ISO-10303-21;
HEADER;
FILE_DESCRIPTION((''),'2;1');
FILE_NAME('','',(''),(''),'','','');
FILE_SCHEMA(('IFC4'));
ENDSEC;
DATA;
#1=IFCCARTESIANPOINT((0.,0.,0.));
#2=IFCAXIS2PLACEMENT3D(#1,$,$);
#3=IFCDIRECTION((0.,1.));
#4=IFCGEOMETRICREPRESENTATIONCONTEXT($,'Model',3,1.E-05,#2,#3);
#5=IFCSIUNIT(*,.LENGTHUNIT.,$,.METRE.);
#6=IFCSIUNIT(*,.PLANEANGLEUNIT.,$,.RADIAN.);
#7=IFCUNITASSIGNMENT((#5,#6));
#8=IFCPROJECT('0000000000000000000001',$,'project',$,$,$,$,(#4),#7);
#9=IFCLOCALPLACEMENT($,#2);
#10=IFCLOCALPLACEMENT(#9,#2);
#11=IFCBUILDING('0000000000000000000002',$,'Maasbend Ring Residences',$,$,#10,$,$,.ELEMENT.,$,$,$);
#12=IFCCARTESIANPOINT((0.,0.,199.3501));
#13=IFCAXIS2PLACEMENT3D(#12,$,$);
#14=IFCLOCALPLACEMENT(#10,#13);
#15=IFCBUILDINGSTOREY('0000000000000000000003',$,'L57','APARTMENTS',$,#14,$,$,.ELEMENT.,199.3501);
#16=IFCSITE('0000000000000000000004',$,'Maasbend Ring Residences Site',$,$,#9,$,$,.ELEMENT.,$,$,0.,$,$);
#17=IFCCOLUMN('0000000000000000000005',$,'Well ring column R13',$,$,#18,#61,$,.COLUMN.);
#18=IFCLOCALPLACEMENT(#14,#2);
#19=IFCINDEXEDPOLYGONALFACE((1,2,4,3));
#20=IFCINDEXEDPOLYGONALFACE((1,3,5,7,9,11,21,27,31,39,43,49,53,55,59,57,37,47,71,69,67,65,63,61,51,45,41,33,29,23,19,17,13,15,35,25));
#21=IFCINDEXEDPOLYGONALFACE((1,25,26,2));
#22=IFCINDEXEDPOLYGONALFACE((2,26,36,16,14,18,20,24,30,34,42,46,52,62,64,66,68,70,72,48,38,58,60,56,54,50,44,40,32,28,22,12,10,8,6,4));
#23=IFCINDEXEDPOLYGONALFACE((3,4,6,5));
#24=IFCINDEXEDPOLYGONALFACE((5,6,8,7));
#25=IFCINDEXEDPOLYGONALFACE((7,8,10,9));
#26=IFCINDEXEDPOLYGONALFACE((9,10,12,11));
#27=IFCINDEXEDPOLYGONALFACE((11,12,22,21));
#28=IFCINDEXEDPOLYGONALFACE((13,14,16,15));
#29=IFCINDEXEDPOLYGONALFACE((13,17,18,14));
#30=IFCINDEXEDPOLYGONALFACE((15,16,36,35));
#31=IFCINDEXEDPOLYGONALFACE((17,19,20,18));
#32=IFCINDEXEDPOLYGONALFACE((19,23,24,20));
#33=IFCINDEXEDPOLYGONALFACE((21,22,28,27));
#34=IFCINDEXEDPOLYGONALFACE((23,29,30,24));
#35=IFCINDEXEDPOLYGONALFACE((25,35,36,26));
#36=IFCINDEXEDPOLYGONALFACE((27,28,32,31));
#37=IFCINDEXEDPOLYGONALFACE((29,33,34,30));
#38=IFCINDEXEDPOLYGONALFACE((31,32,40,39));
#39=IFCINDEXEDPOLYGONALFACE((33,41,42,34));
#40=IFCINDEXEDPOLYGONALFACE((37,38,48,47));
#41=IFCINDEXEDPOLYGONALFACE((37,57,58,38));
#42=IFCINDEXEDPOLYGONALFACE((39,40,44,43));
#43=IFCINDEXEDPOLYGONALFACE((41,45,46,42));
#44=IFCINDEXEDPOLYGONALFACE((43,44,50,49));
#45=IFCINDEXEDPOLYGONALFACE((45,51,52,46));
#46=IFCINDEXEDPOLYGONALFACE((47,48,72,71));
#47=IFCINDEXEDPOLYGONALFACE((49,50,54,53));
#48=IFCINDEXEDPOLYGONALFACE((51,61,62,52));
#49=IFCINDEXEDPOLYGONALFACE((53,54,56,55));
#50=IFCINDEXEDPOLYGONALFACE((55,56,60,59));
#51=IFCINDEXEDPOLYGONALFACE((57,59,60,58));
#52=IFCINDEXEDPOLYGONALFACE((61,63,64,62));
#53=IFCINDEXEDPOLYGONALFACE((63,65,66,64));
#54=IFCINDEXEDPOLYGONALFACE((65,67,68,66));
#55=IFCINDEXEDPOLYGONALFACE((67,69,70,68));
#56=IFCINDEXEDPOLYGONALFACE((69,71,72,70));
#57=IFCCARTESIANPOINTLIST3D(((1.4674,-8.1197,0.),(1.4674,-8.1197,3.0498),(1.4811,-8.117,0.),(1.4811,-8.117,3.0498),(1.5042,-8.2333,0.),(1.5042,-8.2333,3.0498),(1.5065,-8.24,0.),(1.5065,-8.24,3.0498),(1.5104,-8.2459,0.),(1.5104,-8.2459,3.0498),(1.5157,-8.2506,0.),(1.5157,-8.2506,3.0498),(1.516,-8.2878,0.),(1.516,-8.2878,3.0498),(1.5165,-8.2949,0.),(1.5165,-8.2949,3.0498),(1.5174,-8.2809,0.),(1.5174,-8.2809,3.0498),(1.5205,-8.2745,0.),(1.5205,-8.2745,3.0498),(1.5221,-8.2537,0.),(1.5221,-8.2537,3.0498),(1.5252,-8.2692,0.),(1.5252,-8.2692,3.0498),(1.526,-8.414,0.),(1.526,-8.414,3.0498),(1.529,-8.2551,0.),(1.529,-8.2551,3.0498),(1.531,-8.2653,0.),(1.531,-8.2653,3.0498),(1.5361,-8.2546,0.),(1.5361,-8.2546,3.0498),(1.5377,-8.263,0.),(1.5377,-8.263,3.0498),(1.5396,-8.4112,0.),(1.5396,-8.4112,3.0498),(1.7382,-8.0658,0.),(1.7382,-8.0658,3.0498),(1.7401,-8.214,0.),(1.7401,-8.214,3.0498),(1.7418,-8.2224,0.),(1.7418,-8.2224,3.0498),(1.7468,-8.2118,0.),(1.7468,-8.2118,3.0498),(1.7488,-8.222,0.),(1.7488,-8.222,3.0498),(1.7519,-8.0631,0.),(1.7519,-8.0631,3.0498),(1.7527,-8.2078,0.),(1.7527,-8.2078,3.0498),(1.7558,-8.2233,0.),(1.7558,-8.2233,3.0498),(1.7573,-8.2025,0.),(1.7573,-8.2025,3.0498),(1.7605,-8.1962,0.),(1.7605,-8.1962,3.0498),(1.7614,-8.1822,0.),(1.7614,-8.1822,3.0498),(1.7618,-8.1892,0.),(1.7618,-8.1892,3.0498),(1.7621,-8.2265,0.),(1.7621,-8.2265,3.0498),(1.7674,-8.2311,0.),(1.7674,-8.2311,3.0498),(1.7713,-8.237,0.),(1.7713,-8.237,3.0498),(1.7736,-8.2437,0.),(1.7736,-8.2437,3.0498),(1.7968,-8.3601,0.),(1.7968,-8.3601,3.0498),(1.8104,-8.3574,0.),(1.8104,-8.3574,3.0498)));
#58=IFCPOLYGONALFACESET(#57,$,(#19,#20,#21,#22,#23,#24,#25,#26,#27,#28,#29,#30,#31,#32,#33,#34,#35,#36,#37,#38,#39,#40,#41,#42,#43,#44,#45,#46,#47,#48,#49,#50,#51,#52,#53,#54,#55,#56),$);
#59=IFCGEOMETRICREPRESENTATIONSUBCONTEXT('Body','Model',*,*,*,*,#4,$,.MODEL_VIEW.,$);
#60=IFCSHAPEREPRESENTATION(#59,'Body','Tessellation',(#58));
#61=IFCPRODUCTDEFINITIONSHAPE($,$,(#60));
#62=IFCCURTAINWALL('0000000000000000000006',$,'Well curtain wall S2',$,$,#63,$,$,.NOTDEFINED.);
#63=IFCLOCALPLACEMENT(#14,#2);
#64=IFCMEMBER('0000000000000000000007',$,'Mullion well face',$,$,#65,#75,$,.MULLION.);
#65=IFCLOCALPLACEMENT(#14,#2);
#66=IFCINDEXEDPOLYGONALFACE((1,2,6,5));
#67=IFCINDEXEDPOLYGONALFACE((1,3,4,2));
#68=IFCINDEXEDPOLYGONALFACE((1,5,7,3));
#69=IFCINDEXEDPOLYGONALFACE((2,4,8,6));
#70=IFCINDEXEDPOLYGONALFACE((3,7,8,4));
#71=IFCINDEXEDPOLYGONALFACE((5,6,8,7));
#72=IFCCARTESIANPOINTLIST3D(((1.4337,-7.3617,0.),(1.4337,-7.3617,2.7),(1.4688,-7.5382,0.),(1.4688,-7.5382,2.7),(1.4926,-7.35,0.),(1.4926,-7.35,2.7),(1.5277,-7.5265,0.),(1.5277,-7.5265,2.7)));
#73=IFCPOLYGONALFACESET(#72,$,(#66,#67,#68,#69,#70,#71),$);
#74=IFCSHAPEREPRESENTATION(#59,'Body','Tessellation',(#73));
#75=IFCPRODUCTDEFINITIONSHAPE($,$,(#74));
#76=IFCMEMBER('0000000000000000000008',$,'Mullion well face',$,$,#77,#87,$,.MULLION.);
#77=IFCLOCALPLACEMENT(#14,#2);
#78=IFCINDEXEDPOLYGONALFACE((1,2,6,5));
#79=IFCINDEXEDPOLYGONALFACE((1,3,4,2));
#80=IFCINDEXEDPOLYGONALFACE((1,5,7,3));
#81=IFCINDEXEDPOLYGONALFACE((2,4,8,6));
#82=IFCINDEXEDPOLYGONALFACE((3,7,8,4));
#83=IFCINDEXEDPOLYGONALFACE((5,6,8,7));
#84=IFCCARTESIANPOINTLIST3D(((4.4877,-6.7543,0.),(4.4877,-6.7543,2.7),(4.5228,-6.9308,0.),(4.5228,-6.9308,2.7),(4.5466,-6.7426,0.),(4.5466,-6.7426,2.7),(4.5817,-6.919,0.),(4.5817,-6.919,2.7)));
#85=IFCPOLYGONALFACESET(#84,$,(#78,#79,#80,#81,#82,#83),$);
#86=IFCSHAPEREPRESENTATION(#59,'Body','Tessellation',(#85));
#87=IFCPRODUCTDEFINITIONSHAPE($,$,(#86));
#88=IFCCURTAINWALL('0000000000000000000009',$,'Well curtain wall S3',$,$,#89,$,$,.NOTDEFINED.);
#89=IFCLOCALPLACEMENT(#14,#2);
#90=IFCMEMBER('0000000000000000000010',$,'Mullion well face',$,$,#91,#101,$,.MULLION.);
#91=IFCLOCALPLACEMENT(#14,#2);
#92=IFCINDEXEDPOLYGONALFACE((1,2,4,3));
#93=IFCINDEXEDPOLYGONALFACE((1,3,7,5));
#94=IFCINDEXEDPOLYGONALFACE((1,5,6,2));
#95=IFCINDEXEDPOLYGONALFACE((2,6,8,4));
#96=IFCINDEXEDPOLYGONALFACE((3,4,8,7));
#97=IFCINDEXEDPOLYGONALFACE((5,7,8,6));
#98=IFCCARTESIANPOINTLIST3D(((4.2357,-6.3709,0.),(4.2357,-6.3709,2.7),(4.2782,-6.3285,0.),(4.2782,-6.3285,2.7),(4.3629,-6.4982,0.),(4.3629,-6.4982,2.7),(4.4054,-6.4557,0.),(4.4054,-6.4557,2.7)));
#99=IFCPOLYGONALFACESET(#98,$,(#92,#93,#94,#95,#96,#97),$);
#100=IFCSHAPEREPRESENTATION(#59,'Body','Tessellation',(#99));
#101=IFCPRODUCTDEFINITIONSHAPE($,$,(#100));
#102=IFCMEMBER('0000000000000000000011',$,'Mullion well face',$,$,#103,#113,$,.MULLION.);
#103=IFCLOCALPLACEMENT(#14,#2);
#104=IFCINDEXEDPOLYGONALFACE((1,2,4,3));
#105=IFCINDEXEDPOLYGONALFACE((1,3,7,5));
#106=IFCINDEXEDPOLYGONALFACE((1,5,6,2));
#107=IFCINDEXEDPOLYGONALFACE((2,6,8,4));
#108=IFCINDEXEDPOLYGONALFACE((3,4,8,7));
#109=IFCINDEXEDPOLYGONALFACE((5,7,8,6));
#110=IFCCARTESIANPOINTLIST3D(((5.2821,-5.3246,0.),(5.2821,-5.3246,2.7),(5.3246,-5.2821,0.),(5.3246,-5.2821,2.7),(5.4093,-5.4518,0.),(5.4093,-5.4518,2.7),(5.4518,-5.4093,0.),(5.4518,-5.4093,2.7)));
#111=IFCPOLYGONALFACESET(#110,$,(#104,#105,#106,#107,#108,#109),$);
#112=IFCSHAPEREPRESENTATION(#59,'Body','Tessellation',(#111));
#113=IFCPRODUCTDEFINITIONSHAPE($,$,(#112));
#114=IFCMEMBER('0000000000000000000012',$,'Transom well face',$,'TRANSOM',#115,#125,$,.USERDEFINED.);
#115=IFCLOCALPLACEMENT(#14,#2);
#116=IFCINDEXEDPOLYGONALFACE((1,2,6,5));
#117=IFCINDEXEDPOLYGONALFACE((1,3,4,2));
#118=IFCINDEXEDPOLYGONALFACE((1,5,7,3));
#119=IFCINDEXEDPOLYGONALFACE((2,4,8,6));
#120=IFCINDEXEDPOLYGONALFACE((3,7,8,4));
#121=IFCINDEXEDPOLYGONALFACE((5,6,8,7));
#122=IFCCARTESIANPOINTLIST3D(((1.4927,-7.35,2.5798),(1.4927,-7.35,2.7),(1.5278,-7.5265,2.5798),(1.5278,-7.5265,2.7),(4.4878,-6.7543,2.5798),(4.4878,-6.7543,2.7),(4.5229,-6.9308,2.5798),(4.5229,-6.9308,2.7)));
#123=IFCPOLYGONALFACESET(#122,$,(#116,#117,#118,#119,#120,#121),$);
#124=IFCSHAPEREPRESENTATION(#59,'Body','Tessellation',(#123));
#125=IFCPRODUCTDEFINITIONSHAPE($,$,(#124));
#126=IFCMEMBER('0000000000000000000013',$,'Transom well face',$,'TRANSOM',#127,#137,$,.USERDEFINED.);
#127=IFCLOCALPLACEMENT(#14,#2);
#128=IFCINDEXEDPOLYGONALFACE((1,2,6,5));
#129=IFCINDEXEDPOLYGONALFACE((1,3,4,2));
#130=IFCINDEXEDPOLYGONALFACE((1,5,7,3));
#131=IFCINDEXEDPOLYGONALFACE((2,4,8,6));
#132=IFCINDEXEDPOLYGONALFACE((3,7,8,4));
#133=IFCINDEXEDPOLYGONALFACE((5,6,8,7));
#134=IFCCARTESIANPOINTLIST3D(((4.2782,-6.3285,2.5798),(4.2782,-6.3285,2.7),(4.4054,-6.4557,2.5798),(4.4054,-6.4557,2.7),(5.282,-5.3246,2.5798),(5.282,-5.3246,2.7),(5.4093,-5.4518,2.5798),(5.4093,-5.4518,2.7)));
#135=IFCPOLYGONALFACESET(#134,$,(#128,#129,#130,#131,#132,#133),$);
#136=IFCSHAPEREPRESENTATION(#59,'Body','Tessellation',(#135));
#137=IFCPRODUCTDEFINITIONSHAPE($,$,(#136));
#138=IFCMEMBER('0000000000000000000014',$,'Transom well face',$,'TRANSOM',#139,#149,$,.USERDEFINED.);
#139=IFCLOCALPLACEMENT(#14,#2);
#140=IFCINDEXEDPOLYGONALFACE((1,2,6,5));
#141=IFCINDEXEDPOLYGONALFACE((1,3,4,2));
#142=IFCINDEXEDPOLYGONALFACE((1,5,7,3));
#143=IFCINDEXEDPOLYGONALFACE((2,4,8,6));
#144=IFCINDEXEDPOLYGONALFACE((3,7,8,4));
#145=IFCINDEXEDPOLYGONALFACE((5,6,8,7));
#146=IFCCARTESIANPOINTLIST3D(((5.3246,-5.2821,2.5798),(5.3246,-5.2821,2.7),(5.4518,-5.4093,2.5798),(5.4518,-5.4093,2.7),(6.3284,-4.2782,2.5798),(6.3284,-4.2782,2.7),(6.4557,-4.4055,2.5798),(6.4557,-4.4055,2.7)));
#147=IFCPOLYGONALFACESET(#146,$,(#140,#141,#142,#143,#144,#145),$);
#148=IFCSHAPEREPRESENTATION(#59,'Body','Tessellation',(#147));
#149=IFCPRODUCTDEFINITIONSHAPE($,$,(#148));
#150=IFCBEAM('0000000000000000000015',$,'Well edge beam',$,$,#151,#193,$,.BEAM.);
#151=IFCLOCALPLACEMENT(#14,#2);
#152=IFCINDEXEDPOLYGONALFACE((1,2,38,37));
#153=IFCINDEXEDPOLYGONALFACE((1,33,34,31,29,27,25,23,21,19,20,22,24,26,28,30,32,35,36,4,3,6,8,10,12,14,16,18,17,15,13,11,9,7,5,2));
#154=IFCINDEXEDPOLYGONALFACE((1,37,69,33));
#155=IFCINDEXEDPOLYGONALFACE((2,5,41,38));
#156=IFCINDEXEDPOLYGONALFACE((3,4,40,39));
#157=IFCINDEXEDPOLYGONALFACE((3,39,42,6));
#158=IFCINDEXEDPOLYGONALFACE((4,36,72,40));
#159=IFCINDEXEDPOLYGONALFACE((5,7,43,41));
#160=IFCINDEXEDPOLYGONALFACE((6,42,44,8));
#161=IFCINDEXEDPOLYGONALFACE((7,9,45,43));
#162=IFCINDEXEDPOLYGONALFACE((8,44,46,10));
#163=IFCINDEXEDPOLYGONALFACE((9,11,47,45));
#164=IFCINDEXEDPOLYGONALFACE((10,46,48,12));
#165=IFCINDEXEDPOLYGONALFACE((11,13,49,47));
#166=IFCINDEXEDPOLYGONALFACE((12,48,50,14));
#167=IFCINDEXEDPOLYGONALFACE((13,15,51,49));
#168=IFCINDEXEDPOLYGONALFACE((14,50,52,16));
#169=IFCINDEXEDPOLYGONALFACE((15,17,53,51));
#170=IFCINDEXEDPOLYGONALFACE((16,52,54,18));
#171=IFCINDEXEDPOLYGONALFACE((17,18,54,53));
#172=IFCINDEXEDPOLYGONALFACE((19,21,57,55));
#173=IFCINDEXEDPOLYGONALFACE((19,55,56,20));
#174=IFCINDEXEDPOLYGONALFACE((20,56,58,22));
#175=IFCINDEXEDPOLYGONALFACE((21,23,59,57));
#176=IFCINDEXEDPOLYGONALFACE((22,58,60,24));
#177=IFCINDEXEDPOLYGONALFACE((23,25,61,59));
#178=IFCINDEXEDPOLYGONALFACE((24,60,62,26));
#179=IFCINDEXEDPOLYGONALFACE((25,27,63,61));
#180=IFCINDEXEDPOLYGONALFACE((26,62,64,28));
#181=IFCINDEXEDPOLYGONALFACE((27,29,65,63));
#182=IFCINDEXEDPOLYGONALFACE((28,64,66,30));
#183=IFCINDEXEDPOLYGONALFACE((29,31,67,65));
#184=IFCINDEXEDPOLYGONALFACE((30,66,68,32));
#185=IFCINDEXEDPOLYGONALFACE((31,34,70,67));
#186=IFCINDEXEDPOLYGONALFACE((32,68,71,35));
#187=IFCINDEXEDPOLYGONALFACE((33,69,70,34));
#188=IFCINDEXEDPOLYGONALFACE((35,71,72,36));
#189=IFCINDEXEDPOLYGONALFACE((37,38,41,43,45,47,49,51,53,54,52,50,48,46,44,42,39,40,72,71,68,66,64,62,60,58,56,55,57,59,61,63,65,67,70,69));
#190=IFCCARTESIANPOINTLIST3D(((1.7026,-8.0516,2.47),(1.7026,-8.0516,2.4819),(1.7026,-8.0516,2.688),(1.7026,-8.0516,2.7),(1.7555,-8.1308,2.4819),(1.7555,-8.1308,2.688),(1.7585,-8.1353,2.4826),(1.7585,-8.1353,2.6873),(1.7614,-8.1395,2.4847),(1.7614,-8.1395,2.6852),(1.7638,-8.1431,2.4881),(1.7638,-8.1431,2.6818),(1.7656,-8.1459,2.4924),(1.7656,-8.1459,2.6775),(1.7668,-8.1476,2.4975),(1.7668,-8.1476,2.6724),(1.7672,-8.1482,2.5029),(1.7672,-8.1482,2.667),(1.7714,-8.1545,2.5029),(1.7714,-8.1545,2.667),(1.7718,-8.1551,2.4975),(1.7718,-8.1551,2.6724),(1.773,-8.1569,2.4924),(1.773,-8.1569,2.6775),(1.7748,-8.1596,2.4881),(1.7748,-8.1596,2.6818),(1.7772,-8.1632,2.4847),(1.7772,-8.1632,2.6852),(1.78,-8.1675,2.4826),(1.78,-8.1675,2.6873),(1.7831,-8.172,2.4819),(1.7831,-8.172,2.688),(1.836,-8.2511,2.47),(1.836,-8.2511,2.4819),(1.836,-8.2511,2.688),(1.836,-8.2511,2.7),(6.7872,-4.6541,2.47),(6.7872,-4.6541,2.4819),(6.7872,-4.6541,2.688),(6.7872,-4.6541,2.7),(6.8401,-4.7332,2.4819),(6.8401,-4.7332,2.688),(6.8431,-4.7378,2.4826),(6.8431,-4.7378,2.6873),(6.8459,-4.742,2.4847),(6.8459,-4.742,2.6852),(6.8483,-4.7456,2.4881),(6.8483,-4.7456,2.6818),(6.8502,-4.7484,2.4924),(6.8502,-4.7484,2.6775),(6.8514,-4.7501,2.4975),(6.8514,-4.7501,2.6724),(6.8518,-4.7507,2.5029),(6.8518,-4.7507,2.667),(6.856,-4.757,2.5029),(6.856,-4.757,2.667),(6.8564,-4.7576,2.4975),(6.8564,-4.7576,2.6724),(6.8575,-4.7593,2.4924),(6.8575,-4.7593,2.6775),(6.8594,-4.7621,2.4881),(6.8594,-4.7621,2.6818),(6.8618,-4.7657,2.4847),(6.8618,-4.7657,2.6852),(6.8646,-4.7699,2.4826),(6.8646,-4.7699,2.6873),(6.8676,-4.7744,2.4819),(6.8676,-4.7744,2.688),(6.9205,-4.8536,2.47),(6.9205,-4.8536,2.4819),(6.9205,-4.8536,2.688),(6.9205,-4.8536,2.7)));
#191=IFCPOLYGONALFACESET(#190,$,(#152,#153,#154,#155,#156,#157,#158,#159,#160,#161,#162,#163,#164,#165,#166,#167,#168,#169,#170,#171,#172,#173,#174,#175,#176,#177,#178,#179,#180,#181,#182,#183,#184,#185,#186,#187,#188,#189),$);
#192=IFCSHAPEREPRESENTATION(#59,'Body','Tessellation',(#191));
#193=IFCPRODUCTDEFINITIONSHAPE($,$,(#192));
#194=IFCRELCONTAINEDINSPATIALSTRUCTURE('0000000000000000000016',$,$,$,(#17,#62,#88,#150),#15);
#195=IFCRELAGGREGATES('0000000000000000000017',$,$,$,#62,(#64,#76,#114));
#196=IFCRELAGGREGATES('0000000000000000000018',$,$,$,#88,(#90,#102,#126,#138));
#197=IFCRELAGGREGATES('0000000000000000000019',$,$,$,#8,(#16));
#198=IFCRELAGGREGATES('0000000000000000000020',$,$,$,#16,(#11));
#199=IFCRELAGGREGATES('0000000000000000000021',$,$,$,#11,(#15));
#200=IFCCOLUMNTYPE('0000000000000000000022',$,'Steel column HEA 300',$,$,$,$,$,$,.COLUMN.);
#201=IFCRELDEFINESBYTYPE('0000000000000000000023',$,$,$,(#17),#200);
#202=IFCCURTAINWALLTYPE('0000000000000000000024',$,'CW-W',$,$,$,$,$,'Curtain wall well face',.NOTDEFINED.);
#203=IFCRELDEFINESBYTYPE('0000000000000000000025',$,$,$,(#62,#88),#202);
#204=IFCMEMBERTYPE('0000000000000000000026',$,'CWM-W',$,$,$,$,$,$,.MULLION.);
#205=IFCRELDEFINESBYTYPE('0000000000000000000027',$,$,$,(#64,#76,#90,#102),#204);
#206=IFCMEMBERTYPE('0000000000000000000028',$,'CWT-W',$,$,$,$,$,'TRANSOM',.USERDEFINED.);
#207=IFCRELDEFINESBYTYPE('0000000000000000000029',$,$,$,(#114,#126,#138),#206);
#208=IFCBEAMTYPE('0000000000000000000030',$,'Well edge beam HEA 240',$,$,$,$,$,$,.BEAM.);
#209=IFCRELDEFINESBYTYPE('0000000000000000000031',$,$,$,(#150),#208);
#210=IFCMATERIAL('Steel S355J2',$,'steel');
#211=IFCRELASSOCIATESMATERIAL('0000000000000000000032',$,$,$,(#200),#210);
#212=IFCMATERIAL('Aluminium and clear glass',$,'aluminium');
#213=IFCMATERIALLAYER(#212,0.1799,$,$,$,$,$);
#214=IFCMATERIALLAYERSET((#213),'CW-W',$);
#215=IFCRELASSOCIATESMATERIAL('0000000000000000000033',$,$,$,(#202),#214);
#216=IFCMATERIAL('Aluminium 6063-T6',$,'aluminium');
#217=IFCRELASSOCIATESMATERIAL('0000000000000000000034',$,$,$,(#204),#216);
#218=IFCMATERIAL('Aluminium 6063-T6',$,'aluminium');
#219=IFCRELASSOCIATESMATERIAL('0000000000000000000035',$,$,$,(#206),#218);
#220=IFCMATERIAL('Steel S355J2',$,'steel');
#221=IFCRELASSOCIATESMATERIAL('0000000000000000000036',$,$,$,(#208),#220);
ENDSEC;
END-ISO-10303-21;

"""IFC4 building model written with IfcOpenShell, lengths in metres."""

from ifc_helpers import new_model, si_unit, direction, frame, origin, origin_2d, place, context, subcontext, project, spatial, rectangle, i_section, extrude, material, layer, layer_set, material_profile, profile_set, type_object, element, aggregate, save


model = new_model("IFC4")

# Units and contexts
model_context = context("Model", 3, precision=1e-05, world=origin(), true_north=direction((0.0, 1.0)))
body_context = subcontext(model_context, "Body", "Model", "MODEL_VIEW")
ifc_project = project(units=[si_unit("LENGTHUNIT", "METRE"), si_unit("PLANEANGLEUNIT", "RADIAN")], contexts=[model_context])

# Site, building, storey
site_placement = place(None, origin())
site = spatial("IfcSite", under=ifc_project, at=site_placement, Name="Maasbend Ring Residences Site", CompositionType="ELEMENT", RefElevation=0.0)
building_placement = place(site_placement, origin())
building = spatial("IfcBuilding", under=site, at=building_placement, Name="Maasbend Ring Residences", CompositionType="ELEMENT")
storey_placement = place(building_placement, frame((0.0, 0.0, 199.3501)))
storey = spatial("IfcBuildingStorey", under=building, at=storey_placement, Name="L57", Description="APARTMENTS", CompositionType="ELEMENT", Elevation=199.3501)

# Column
ifc_material_1 = material(Name="Steel S355J2", Category="steel")
ifc_material_profile_1 = material_profile(ifc_material_1, i_section(OverallWidth=0.3, OverallDepth=0.29, WebThickness=0.0085, FlangeThickness=0.0139, FilletRadius=0.0271, at=origin_2d()), Name="HEA 300")
ifc_profile_set_1 = profile_set([ifc_material_profile_1], Name="Steel S355J2")
column_type = type_object("IfcColumnType", Name="Steel column HEA 300", PredefinedType="COLUMN", material=ifc_profile_set_1)
column_placement = place(storey_placement, frame((1.6389, -8.2385, 0.0), z_axis=(0.0, 0.0, 1.0), x_axis=(0.19509, -0.980785, 0.0)))
element("IfcColumn", 1, at=column_placement, inside=storey, type_object=column_type, Name="Well ring column R13", PredefinedType="COLUMN", context=body_context, shape_type="SweptSolid", body=[
    extrude(i_section(OverallWidth=0.3, OverallDepth=0.29, WebThickness=0.0085, FlangeThickness=0.0139, FilletRadius=0.0271, at=origin_2d()), origin(), (0.0, 0.0, 1.0), 3.0498),
])

# Curtain walls, members
ifc_material_2 = material(Name="Aluminium and clear glass", Category="aluminium")
ifc_layer_1 = layer(ifc_material_2, 0.1799)
ifc_layer_set_1 = layer_set([ifc_layer_1], Name="CW-W")
curtain_wall_type = type_object("IfcCurtainWallType", Name="CW-W", ElementType="Curtain wall well face", PredefinedType="NOTDEFINED", material=ifc_layer_set_1)
curtain_wall_1_placement = place(storey_placement, origin())
curtain_wall_1 = element("IfcCurtainWall", 2, at=curtain_wall_1_placement, inside=storey, type_object=curtain_wall_type, Name="Well curtain wall S2", PredefinedType="NOTDEFINED")
ifc_material_3 = material(Name="Aluminium 6063-T6", Category="aluminium")
ifc_material_profile_2 = material_profile(ifc_material_3, rectangle(XDim=0.1799, YDim=0.0601, at=origin_2d()), Name="AL 180x60")
ifc_profile_set_2 = profile_set([ifc_material_profile_2], Name="Aluminium 6063-T6")
member_type_1 = type_object("IfcMemberType", Name="CWM-W", PredefinedType="MULLION", material=ifc_profile_set_2)
member_1_placement = place(storey_placement, frame((1.4807, -7.4441, 0.0), z_axis=(0.0, 0.0, 1.0), x_axis=(-0.19509, 0.980785, 0.0)))
member_1 = element("IfcMember", 3, at=member_1_placement, type_object=member_type_1, Name="Mullion well face", PredefinedType="MULLION", context=body_context, shape_type="SweptSolid", body=[
    extrude(rectangle(XDim=0.1799, YDim=0.0601, at=origin_2d()), origin(), (0.0, 0.0, 1.0), 2.7),
])
member_2_placement = place(storey_placement, frame((4.5347, -6.8367, 0.0), z_axis=(0.0, 0.0, 1.0), x_axis=(-0.19509, 0.980785, 0.0)))
member_2 = element("IfcMember", 4, at=member_2_placement, type_object=member_type_1, Name="Mullion well face", PredefinedType="MULLION", context=body_context, shape_type="SweptSolid", body=[
    extrude(rectangle(XDim=0.1799, YDim=0.0601, at=origin_2d()), origin(), (0.0, 0.0, 1.0), 2.7),
])
curtain_wall_2_placement = place(storey_placement, origin())
curtain_wall_2 = element("IfcCurtainWall", 5, at=curtain_wall_2_placement, inside=storey, type_object=curtain_wall_type, Name="Well curtain wall S3", PredefinedType="NOTDEFINED")
member_3_placement = place(storey_placement, frame((4.3206, -6.4133, 0.0), z_axis=(0.0, 0.0, 1.0), x_axis=(-0.707107, 0.707107, 0.0)))
member_3 = element("IfcMember", 6, at=member_3_placement, type_object=member_type_1, Name="Mullion well face", PredefinedType="MULLION", context=body_context, shape_type="SweptSolid", body=[
    extrude(rectangle(XDim=0.1799, YDim=0.0601, at=origin_2d()), origin(), (0.0, 0.0, 1.0), 2.7),
])
member_4_placement = place(storey_placement, frame((5.3669, -5.3669, 0.0), z_axis=(0.0, 0.0, 1.0), x_axis=(-0.707107, 0.707107, 0.0)))
member_4 = element("IfcMember", 7, at=member_4_placement, type_object=member_type_1, Name="Mullion well face", PredefinedType="MULLION", context=body_context, shape_type="SweptSolid", body=[
    extrude(rectangle(XDim=0.1799, YDim=0.0601, at=origin_2d()), origin(), (0.0, 0.0, 1.0), 2.7),
])

# Members
ifc_material_4 = material(Name="Aluminium 6063-T6", Category="aluminium")
ifc_material_profile_3 = material_profile(ifc_material_4, rectangle(XDim=0.1799, YDim=0.1201, at=origin_2d()), Name="AL 180x120")
ifc_profile_set_3 = profile_set([ifc_material_profile_3], Name="Aluminium 6063-T6")
member_type_2 = type_object("IfcMemberType", Name="CWT-W", ElementType="TRANSOM", PredefinedType="USERDEFINED", material=ifc_profile_set_3)
member_5_placement = place(storey_placement, frame((1.5103, -7.4382, 2.6399), z_axis=(0.980789, 0.195071, 0.0), x_axis=(-0.195071, 0.980789, 0.0)))
member_5 = element("IfcMember", 8, at=member_5_placement, type_object=member_type_2, Name="Transom well face", ObjectType="TRANSOM", PredefinedType="USERDEFINED", context=body_context, shape_type="SweptSolid", body=[
    extrude(rectangle(XDim=0.1799, YDim=0.1201, at=origin_2d()), origin(), (0.0, 0.0, 1.0), 3.0537),
])
member_6_placement = place(storey_placement, frame((4.3418, -6.3921, 2.6399), z_axis=(0.707107, 0.707107, 0.0), x_axis=(-0.707107, 0.707107, 0.0)))
member_6 = element("IfcMember", 9, at=member_6_placement, type_object=member_type_2, Name="Transom well face", ObjectType="TRANSOM", PredefinedType="USERDEFINED", context=body_context, shape_type="SweptSolid", body=[
    extrude(rectangle(XDim=0.1799, YDim=0.1201, at=origin_2d()), origin(), (0.0, 0.0, 1.0), 1.4197),
])
member_7_placement = place(storey_placement, frame((5.3882, -5.3457, 2.6399), z_axis=(0.707107, 0.707107, 0.0), x_axis=(-0.707107, 0.707107, 0.0)))
member_7 = element("IfcMember", 10, at=member_7_placement, type_object=member_type_2, Name="Transom well face", ObjectType="TRANSOM", PredefinedType="USERDEFINED", context=body_context, shape_type="SweptSolid", body=[
    extrude(rectangle(XDim=0.1799, YDim=0.1201, at=origin_2d()), origin(), (0.0, 0.0, 1.0), 1.4197),
])

# Beam
ifc_material_5 = material(Name="Steel S355J2", Category="steel")
ifc_material_profile_4 = material_profile(ifc_material_5, i_section(OverallWidth=0.24, OverallDepth=0.23, WebThickness=0.0076, FlangeThickness=0.012, FilletRadius=0.021, at=origin_2d()), Name="HEA 240")
ifc_profile_set_4 = profile_set([ifc_material_profile_4], Name="Steel S355J2")
beam_type = type_object("IfcBeamType", Name="Well edge beam HEA 240", PredefinedType="BEAM", material=ifc_profile_set_4)
beam_placement = place(storey_placement, frame((1.7693, -8.1514, 2.585), z_axis=(0.83146, 0.555584, 0.0), x_axis=(-0.555584, 0.83146, 0.0)))
element("IfcBeam", 11, at=beam_placement, inside=storey, type_object=beam_type, Name="Well edge beam", PredefinedType="BEAM", context=body_context, shape_type="SweptSolid", body=[
    extrude(i_section(OverallWidth=0.24, OverallDepth=0.23, WebThickness=0.0076, FlangeThickness=0.012, FilletRadius=0.021, at=origin_2d()), origin(), (0.0, 0.0, 1.0), 6.1152),
])

aggregate(curtain_wall_1, [member_1, member_2, member_5])
aggregate(curtain_wall_2, [member_3, member_4, member_6, member_7])

save(model, "model.ifc")
